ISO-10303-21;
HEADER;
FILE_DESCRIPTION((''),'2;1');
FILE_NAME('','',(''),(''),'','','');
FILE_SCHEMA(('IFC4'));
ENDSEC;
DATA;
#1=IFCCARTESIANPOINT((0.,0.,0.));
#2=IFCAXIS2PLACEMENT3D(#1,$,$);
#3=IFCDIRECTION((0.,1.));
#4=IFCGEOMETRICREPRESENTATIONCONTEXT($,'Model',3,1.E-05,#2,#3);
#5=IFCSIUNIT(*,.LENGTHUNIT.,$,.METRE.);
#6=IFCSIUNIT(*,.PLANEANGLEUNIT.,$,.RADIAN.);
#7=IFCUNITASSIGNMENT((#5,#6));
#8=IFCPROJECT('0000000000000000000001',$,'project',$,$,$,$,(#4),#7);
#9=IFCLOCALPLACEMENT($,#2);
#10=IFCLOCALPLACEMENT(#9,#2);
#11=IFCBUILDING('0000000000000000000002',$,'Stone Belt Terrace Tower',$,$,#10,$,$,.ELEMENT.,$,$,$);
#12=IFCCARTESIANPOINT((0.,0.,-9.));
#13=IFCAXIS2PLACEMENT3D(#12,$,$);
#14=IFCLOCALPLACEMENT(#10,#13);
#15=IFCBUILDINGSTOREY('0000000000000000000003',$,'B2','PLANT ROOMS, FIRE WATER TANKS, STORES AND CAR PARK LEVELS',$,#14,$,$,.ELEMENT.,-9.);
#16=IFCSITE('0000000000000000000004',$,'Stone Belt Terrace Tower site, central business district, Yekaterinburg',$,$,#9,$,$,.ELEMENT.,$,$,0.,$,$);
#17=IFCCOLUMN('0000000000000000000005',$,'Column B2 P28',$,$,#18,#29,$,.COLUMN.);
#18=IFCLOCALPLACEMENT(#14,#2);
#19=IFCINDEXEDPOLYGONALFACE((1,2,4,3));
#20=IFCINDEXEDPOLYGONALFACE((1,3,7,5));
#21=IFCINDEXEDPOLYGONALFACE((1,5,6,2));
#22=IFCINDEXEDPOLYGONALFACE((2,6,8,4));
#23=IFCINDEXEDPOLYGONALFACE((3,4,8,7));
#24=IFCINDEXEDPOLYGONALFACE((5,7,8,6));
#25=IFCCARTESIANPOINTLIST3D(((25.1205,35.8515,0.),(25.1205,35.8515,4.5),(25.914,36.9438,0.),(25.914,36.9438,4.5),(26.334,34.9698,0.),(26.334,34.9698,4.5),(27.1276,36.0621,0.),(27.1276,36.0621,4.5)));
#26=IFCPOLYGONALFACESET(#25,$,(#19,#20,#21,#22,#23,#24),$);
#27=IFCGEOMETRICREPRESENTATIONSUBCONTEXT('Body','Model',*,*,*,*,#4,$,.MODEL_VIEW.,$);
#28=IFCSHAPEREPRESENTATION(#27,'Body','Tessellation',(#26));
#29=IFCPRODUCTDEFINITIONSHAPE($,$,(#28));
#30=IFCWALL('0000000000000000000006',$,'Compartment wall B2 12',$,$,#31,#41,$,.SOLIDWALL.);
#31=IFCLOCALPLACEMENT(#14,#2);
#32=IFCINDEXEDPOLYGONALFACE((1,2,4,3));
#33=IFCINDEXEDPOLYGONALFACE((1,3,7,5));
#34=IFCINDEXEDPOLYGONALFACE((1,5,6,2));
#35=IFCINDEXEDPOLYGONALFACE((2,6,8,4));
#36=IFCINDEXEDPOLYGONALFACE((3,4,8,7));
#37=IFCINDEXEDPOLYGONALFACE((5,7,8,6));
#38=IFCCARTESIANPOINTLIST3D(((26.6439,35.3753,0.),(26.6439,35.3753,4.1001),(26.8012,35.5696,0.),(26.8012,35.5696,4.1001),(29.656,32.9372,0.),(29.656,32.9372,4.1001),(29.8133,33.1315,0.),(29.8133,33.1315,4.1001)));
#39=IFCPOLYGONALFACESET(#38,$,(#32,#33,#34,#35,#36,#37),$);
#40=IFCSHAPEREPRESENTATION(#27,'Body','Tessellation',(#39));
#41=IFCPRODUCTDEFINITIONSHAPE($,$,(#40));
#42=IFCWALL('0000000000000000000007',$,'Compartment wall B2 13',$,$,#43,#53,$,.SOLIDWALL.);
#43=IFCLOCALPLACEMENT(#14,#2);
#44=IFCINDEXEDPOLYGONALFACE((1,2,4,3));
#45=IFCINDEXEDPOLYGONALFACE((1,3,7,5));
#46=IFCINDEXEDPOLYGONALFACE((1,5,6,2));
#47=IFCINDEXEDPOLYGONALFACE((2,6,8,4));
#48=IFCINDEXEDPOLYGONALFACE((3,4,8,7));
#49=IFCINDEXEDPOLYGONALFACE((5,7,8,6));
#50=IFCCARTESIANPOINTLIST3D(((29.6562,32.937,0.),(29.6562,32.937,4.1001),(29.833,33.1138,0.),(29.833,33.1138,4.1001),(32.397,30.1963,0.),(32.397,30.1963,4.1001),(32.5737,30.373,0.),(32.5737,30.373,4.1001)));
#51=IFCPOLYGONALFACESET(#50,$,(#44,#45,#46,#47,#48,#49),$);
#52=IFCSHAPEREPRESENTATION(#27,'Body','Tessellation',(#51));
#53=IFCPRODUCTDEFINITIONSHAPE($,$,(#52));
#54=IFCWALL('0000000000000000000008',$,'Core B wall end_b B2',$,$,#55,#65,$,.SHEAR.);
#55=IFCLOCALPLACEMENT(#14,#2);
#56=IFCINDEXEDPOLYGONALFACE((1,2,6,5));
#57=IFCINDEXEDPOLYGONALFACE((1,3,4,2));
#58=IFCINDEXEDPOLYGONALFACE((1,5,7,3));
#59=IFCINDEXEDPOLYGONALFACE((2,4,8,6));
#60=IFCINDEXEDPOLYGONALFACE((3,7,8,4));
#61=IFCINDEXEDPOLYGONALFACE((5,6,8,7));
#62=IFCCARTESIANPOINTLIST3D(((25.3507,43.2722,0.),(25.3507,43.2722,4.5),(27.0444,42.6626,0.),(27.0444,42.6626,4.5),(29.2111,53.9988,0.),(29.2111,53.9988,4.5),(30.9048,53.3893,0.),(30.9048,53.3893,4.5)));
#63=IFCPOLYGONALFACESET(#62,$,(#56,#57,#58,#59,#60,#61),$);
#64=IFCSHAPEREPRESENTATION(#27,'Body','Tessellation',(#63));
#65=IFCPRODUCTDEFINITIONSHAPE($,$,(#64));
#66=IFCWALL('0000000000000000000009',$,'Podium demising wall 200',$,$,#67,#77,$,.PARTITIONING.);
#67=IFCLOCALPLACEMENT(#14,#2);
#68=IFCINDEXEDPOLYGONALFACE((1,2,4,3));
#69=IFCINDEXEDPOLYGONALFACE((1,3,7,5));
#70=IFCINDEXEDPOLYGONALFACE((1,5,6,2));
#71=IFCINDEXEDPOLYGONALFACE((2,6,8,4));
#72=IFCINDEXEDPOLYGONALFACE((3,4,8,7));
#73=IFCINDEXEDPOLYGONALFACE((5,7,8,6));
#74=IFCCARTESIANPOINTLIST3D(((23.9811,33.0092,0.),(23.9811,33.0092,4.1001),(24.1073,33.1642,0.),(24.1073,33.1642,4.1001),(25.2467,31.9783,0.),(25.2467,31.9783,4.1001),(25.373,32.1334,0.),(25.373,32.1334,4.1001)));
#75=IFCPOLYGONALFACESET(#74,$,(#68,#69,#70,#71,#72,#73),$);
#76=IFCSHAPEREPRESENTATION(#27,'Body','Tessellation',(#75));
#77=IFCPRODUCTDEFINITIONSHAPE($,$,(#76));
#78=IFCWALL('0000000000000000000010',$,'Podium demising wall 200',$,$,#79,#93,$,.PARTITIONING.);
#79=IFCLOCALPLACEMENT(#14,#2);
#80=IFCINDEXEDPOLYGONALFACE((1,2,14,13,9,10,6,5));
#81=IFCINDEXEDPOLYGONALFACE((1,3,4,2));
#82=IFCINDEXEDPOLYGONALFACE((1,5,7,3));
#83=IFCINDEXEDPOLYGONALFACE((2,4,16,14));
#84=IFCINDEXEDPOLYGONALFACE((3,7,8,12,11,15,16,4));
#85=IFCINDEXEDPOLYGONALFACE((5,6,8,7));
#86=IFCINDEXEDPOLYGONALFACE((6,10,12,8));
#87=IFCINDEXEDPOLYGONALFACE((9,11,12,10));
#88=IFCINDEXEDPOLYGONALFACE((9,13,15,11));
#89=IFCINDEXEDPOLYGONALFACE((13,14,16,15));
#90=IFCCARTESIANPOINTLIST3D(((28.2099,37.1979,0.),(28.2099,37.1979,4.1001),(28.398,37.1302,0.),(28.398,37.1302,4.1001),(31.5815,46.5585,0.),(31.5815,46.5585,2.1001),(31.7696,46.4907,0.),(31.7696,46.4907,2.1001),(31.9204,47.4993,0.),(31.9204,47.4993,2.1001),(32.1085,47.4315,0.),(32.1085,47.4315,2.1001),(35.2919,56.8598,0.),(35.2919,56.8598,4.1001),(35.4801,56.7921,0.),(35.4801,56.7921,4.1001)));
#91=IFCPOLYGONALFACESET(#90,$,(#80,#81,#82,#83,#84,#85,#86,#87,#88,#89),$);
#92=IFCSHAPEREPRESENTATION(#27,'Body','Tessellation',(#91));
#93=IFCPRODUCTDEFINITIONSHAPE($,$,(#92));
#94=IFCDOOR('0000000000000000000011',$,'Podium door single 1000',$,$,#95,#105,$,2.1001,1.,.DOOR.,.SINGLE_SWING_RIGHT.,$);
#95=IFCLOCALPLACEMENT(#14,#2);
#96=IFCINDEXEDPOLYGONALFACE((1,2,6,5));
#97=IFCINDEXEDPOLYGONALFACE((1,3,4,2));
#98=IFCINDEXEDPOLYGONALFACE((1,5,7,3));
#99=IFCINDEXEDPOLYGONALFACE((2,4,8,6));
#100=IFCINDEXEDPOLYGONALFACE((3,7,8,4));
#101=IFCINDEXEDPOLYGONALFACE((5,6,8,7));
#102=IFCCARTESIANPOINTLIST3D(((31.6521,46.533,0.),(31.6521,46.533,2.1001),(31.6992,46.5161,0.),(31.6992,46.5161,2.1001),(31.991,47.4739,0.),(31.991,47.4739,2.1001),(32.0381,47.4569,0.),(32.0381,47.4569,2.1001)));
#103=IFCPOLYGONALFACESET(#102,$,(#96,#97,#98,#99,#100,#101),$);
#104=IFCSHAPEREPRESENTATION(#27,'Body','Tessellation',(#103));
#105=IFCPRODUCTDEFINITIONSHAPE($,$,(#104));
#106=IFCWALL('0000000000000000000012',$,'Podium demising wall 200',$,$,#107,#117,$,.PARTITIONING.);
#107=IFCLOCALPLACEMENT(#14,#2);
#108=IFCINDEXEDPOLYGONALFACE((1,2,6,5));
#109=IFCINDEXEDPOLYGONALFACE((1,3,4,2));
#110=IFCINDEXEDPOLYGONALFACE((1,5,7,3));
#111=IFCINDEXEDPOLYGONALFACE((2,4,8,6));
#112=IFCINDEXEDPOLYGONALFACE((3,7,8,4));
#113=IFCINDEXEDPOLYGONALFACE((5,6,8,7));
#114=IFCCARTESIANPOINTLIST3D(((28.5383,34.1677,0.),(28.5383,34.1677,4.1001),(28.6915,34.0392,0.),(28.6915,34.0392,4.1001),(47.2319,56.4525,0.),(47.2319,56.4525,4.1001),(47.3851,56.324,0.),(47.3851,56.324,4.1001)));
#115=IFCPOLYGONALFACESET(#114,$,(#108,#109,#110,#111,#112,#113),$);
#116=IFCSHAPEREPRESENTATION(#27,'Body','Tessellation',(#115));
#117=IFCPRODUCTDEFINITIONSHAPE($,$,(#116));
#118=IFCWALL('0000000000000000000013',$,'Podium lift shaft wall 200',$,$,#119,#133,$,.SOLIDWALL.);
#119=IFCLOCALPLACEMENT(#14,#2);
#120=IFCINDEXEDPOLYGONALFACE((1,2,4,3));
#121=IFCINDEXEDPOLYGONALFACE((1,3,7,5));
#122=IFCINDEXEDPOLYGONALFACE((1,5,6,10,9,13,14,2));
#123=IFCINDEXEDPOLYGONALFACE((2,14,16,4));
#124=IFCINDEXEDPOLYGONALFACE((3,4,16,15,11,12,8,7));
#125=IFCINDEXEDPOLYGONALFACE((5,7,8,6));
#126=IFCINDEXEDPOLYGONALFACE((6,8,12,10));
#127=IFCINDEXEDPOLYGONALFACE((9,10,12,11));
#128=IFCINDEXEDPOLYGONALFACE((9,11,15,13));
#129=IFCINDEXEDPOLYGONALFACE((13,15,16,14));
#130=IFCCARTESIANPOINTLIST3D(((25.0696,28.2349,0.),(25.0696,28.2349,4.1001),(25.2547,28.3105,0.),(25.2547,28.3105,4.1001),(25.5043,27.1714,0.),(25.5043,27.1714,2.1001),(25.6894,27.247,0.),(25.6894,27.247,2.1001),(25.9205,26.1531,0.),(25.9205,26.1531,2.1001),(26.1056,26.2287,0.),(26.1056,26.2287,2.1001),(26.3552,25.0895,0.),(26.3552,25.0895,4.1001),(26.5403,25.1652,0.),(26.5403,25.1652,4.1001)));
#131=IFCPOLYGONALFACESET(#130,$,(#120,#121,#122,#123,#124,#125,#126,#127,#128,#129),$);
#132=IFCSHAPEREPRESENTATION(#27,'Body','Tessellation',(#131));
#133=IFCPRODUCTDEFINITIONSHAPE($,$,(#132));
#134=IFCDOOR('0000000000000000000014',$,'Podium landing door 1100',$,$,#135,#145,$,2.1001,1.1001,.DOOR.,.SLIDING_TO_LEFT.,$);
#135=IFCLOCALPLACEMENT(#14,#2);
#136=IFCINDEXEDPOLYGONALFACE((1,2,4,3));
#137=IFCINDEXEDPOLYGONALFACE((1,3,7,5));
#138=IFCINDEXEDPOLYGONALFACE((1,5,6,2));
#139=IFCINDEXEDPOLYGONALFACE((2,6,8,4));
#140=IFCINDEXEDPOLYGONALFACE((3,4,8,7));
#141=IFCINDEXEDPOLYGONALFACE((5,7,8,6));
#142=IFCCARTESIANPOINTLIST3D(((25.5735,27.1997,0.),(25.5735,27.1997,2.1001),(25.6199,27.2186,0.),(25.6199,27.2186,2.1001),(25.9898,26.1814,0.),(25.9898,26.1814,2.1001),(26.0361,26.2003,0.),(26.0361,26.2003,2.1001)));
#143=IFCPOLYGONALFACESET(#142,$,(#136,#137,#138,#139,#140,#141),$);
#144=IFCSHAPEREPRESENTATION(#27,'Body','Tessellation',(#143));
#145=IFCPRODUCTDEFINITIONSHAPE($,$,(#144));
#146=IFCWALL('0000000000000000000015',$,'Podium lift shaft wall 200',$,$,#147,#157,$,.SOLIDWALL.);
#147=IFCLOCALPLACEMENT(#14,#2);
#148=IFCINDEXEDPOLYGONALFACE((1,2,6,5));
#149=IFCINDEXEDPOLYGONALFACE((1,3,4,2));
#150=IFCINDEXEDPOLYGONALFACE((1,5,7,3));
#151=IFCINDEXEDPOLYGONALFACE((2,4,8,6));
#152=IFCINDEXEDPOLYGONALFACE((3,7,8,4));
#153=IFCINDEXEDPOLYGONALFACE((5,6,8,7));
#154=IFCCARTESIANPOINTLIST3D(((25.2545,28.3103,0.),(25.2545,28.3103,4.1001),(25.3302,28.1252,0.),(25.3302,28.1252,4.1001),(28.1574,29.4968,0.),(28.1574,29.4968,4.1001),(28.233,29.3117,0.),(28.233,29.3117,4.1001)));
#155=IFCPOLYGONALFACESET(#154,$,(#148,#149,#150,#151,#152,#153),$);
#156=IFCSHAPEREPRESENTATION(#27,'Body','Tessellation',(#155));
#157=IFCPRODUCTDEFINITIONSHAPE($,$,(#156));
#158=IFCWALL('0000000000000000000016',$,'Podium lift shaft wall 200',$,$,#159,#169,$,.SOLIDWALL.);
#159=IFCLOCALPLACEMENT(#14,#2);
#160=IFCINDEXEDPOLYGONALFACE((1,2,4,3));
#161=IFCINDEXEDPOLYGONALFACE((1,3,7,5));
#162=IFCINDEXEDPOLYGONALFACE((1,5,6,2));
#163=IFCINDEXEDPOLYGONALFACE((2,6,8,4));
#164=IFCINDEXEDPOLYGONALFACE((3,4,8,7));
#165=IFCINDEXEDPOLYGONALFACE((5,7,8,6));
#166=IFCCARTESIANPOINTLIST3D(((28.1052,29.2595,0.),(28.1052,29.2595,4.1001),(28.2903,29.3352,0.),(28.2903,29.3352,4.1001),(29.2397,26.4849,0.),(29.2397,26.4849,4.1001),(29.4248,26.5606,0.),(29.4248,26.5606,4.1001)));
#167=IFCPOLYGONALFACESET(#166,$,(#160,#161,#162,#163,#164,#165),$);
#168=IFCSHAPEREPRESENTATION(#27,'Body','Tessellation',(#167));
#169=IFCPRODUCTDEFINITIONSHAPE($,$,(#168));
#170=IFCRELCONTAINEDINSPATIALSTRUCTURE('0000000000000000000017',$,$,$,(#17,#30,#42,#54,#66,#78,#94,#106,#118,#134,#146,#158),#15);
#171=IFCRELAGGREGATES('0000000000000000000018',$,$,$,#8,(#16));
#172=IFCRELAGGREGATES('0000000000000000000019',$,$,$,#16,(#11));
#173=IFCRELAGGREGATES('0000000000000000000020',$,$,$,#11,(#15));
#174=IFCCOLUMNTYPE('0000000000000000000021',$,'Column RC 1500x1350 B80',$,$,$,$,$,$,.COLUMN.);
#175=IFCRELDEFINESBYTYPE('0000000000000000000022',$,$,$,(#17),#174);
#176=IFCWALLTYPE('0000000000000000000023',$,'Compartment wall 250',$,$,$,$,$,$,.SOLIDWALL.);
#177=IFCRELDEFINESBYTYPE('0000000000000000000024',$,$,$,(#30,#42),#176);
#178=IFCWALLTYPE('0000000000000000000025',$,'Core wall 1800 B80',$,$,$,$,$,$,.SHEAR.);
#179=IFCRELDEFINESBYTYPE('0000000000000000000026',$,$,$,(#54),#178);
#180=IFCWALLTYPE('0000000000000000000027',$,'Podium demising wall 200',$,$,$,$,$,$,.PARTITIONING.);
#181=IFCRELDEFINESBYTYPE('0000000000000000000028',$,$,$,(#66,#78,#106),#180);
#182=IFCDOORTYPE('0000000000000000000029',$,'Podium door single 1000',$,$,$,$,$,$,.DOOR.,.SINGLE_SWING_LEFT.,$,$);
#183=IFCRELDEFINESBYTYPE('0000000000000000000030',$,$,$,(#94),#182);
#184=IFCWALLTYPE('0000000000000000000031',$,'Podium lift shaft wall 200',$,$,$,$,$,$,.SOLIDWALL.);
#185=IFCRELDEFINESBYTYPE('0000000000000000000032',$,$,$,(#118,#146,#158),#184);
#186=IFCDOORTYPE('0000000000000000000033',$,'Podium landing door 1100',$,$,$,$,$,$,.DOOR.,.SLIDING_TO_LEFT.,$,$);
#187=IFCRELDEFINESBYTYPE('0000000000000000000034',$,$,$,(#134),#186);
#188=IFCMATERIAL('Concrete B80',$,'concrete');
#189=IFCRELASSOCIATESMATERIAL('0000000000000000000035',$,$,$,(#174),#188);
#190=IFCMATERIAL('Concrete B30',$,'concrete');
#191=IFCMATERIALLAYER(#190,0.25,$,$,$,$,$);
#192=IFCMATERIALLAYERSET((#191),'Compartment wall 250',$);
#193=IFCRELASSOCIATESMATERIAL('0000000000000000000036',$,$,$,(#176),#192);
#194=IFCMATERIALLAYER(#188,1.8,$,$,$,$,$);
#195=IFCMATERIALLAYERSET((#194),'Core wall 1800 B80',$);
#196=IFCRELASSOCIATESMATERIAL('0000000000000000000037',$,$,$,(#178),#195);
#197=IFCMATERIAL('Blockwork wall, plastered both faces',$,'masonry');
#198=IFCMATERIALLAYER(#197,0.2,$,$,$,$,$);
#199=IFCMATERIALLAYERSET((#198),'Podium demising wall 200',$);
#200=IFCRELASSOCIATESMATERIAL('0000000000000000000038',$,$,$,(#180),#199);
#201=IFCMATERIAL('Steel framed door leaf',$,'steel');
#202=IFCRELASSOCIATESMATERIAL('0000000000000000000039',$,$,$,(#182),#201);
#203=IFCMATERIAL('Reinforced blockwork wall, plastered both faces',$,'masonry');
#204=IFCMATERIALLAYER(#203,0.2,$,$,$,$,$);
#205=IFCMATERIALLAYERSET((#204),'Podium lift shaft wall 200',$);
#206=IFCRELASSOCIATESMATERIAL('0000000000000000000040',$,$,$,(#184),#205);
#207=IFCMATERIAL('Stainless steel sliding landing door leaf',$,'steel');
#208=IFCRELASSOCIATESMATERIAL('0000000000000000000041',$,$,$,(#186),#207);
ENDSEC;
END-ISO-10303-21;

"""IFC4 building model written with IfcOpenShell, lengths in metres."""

from ifc_helpers import new_model, si_unit, direction, frame, frame_2d, origin, origin_2d, place, context, subcontext, project, spatial, rectangle, extrude, material, layer, layer_set, material_profile, profile_set, type_object, element, fill, save


model = new_model("IFC4")

# Units and contexts
model_context = context("Model", 3, precision=1e-05, world=origin(), true_north=direction((0.0, 1.0)))
body_context = subcontext(model_context, "Body", "Model", "MODEL_VIEW")
ifc_project = project(units=[si_unit("LENGTHUNIT", "METRE"), si_unit("PLANEANGLEUNIT", "RADIAN")], contexts=[model_context])

# Site, building, storey
site_placement = place(None, origin())
site = spatial("IfcSite", under=ifc_project, at=site_placement, Name="Stone Belt Terrace Tower site, central business district, Yekaterinburg", CompositionType="ELEMENT", RefElevation=0.0)
building_placement = place(site_placement, origin())
building = spatial("IfcBuilding", under=site, at=building_placement, Name="Stone Belt Terrace Tower", CompositionType="ELEMENT")
storey_placement = place(building_placement, frame((0.0, 0.0, -9.0)))
storey = spatial("IfcBuildingStorey", under=building, at=storey_placement, Name="B2", Description="PLANT ROOMS, FIRE WATER TANKS, STORES AND CAR PARK LEVELS", CompositionType="ELEMENT", Elevation=-9.0)

# Column
ifc_material_1 = material(Name="Concrete B80", Category="concrete")
ifc_material_profile = material_profile(ifc_material_1, rectangle(XDim=1.5, YDim=1.3501, at=origin_2d()), Name="RC 1500x1350")
ifc_profile_set = profile_set([ifc_material_profile], Name="Concrete B80")
column_type = type_object("IfcColumnType", Name="Column RC 1500x1350 B80", PredefinedType="COLUMN", material=ifc_profile_set)
column_placement = place(storey_placement, frame((26.124, 35.9568, 0.0), z_axis=(0.0, 0.0, 1.0), x_axis=(0.809017, -0.587785, 0.0)))
element("IfcColumn", 1, at=column_placement, inside=storey, type_object=column_type, Name="Column B2 P28", PredefinedType="COLUMN", context=body_context, shape_type="SweptSolid", body=[
    extrude(rectangle(XDim=1.5, YDim=1.3501, at=origin_2d()), origin(), (0.0, 0.0, 1.0), 4.5),
])

# Walls
ifc_material_2 = material(Name="Concrete B30", Category="concrete")
ifc_layer_1 = layer(ifc_material_2, 0.25)
ifc_layer_set_1 = layer_set([ifc_layer_1], Name="Compartment wall 250")
wall_type_1 = type_object("IfcWallType", Name="Compartment wall 250", PredefinedType="SOLIDWALL", material=ifc_layer_set_1)
wall_1_placement = place(storey_placement, frame((26.7227, 35.4724, 0.0), z_axis=(0.0, 0.0, 1.0), x_axis=(0.777273, -0.629164, 0.0)))
element("IfcWall", 2, at=wall_1_placement, inside=storey, type_object=wall_type_1, Name="Compartment wall B2 12", PredefinedType="SOLIDWALL", context=body_context, shape_type="SweptSolid", body=[
    extrude(rectangle(XDim=3.8752, YDim=0.25, at=frame_2d((1.9375, 0.0))), origin(), (0.0, 0.0, 1.0), 4.1001),
])
wall_2_placement = place(storey_placement, frame((29.7446, 33.0254, 0.0), z_axis=(0.0, 0.0, 1.0), x_axis=(0.707107, -0.707107, 0.0)))
element("IfcWall", 3, at=wall_2_placement, inside=storey, type_object=wall_type_1, Name="Compartment wall B2 13", PredefinedType="SOLIDWALL", context=body_context, shape_type="SweptSolid", body=[
    extrude(rectangle(XDim=3.876, YDim=0.25, at=frame_2d((1.938, 0.0))), origin(), (0.0, 0.0, 1.0), 4.1001),
])
ifc_layer_2 = layer(ifc_material_1, 1.8)
ifc_layer_set_2 = layer_set([ifc_layer_2], Name="Core wall 1800 B80")
wall_type_2 = type_object("IfcWallType", Name="Core wall 1800 B80", PredefinedType="SHEAR", material=ifc_layer_set_2)
wall_3_placement = place(storey_placement, frame((26.1975, 42.9673, 0.0), z_axis=(0.0, 0.0, 1.0), x_axis=(0.338625, 0.940921, 0.0)))
element("IfcWall", 4, at=wall_3_placement, inside=storey, type_object=wall_type_2, Name="Core B wall end_b B2", PredefinedType="SHEAR", context=body_context, shape_type="SweptSolid", body=[
    extrude(rectangle(XDim=11.4001, YDim=1.8, at=frame_2d((5.7002, 0.0))), origin(), (0.0, 0.0, 1.0), 4.5),
])
ifc_material_3 = material(Name="Blockwork wall, plastered both faces", Category="masonry")
ifc_layer_3 = layer(ifc_material_3, 0.2)
ifc_layer_set_3 = layer_set([ifc_layer_3], Name="Podium demising wall 200")
wall_type_3 = type_object("IfcWallType", Name="Podium demising wall 200", PredefinedType="PARTITIONING", material=ifc_layer_set_3)
wall_4_placement = place(storey_placement, frame((24.0442, 33.0867, 0.0), z_axis=(0.0, 0.0, 1.0), x_axis=(0.775381, -0.631493, 0.0)))
element("IfcWall", 5, at=wall_4_placement, inside=storey, type_object=wall_type_3, Name="Podium demising wall 200", PredefinedType="PARTITIONING", context=body_context, shape_type="SweptSolid", body=[
    extrude(rectangle(XDim=1.6323, YDim=0.2, at=frame_2d((0.8162, 0.0))), origin(), (0.0, 0.0, 1.0), 4.1001),
])

# Wall, opening, door
wall_5_placement = place(storey_placement, frame((28.304, 37.1641, 0.0), z_axis=(0.0, 0.0, 1.0), x_axis=(0.338879, 0.94083, 0.0)))
wall_5 = element("IfcWall", 6, at=wall_5_placement, inside=storey, type_object=wall_type_3, Name="Podium demising wall 200", PredefinedType="PARTITIONING", context=body_context, shape_type="SweptSolid", body=[
    extrude(rectangle(XDim=20.8984, YDim=0.2, at=frame_2d((10.4492, 0.0))), origin(), (0.0, 0.0, 1.0), 4.1001),
])
opening_1_placement = place(wall_5_placement, frame((9.9492, 0.0, 0.0)))
opening_1 = element("IfcOpeningElement", 7, at=opening_1_placement, cuts=wall_5, PredefinedType="OPENING", context=body_context, shape_type="SweptSolid", body=[
    extrude(rectangle(XDim=1.0, YDim=2.1001, at=frame_2d((0.5, 1.05))), frame((0.0, 0.1099, 0.0), z_axis=(0.0, -1.0, 0.0), x_axis=(1.0, 0.0, 0.0)), (0.0, 0.0, 1.0), 0.22),
])
ifc_material_4 = material(Name="Steel framed door leaf", Category="steel")
door_type_1 = type_object("IfcDoorType", Name="Podium door single 1000", OperationType="SINGLE_SWING_LEFT", PredefinedType="DOOR", material=ifc_material_4)
door_1_placement = place(opening_1_placement, origin())
door_1 = element("IfcDoor", 8, at=door_1_placement, inside=storey, type_object=door_type_1, Name="Podium door single 1000", OperationType="SINGLE_SWING_RIGHT", OverallHeight=2.1001, OverallWidth=1.0, PredefinedType="DOOR", context=body_context, shape_type="SweptSolid", body=[
    extrude(rectangle(XDim=1.0, YDim=2.1001, at=frame_2d((0.5, 1.05))), frame((0.0, 0.0249, 0.0), z_axis=(0.0, -1.0, 0.0), x_axis=(1.0, 0.0, 0.0)), (0.0, 0.0, 1.0), 0.05),
])
fill(opening_1, door_1)

# Wall
wall_6_placement = place(storey_placement, frame((28.615, 34.1035, 0.0), z_axis=(0.0, 0.0, 1.0), x_axis=(0.642673, 0.76614, 0.0)))
element("IfcWall", 9, at=wall_6_placement, inside=storey, type_object=wall_type_3, Name="Podium demising wall 200", PredefinedType="PARTITIONING", context=body_context, shape_type="SweptSolid", body=[
    extrude(rectangle(XDim=29.0872, YDim=0.2, at=frame_2d((14.5435, 0.0))), origin(), (0.0, 0.0, 1.0), 4.1001),
])

# Wall, opening, door
ifc_material_5 = material(Name="Reinforced blockwork wall, plastered both faces", Category="masonry")
ifc_layer_4 = layer(ifc_material_5, 0.2)
ifc_layer_set_4 = layer_set([ifc_layer_4], Name="Podium lift shaft wall 200")
wall_type_4 = type_object("IfcWallType", Name="Podium lift shaft wall 200", PredefinedType="SOLIDWALL", material=ifc_layer_set_4)
wall_7_placement = place(storey_placement, frame((25.1621, 28.2727, 0.0), z_axis=(0.0, 0.0, 1.0), x_axis=(0.378367, -0.925656, 0.0)))
wall_7 = element("IfcWall", 10, at=wall_7_placement, inside=storey, type_object=wall_type_4, Name="Podium lift shaft wall 200", PredefinedType="SOLIDWALL", context=body_context, shape_type="SweptSolid", body=[
    extrude(rectangle(XDim=3.3979, YDim=0.2, at=frame_2d((1.699, 0.0))), origin(), (0.0, 0.0, 1.0), 4.1001),
])
opening_2_placement = place(wall_7_placement, frame((1.1489, 0.0, 0.0)))
opening_2 = element("IfcOpeningElement", 11, at=opening_2_placement, cuts=wall_7, PredefinedType="OPENING", context=body_context, shape_type="SweptSolid", body=[
    extrude(rectangle(XDim=1.1001, YDim=2.1001, at=frame_2d((0.55, 1.05))), frame((0.0, 0.1099, 0.0), z_axis=(0.0, -1.0, 0.0), x_axis=(1.0, 0.0, 0.0)), (0.0, 0.0, 1.0), 0.22),
])
ifc_material_6 = material(Name="Stainless steel sliding landing door leaf", Category="steel")
door_type_2 = type_object("IfcDoorType", Name="Podium landing door 1100", OperationType="SLIDING_TO_LEFT", PredefinedType="DOOR", material=ifc_material_6)
door_2_placement = place(opening_2_placement, origin())
door_2 = element("IfcDoor", 12, at=door_2_placement, inside=storey, type_object=door_type_2, Name="Podium landing door 1100", OperationType="SLIDING_TO_LEFT", OverallHeight=2.1001, OverallWidth=1.1001, PredefinedType="DOOR", context=body_context, shape_type="SweptSolid", body=[
    extrude(rectangle(XDim=1.1001, YDim=2.1001, at=frame_2d((0.55, 1.05))), frame((0.0, 0.0249, 0.0), z_axis=(0.0, -1.0, 0.0), x_axis=(1.0, 0.0, 0.0)), (0.0, 0.0, 1.0), 0.05),
])
fill(opening_2, door_2)

# Walls
wall_8_placement = place(storey_placement, frame((25.2925, 28.2178, 0.0), z_axis=(0.0, 0.0, 1.0), x_axis=(0.925659, 0.37836, 0.0)))
element("IfcWall", 13, at=wall_8_placement, inside=storey, type_object=wall_type_4, Name="Podium lift shaft wall 200", PredefinedType="SOLIDWALL", context=body_context, shape_type="SweptSolid", body=[
    extrude(rectangle(XDim=3.136, YDim=0.2, at=frame_2d((1.5679, 0.0))), origin(), (0.0, 0.0, 1.0), 4.1001),
])
wall_9_placement = place(storey_placement, frame((28.1978, 29.2974, 0.0), z_axis=(0.0, 0.0, 1.0), x_axis=(0.378471, -0.925613, 0.0)))
element("IfcWall", 14, at=wall_9_placement, inside=storey, type_object=wall_type_4, Name="Podium lift shaft wall 200", PredefinedType="SOLIDWALL", context=body_context, shape_type="SweptSolid", body=[
    extrude(rectangle(XDim=2.9976, YDim=0.2, at=frame_2d((1.4988, 0.0))), origin(), (0.0, 0.0, 1.0), 4.1001),
])

save(model, "model.ifc")
